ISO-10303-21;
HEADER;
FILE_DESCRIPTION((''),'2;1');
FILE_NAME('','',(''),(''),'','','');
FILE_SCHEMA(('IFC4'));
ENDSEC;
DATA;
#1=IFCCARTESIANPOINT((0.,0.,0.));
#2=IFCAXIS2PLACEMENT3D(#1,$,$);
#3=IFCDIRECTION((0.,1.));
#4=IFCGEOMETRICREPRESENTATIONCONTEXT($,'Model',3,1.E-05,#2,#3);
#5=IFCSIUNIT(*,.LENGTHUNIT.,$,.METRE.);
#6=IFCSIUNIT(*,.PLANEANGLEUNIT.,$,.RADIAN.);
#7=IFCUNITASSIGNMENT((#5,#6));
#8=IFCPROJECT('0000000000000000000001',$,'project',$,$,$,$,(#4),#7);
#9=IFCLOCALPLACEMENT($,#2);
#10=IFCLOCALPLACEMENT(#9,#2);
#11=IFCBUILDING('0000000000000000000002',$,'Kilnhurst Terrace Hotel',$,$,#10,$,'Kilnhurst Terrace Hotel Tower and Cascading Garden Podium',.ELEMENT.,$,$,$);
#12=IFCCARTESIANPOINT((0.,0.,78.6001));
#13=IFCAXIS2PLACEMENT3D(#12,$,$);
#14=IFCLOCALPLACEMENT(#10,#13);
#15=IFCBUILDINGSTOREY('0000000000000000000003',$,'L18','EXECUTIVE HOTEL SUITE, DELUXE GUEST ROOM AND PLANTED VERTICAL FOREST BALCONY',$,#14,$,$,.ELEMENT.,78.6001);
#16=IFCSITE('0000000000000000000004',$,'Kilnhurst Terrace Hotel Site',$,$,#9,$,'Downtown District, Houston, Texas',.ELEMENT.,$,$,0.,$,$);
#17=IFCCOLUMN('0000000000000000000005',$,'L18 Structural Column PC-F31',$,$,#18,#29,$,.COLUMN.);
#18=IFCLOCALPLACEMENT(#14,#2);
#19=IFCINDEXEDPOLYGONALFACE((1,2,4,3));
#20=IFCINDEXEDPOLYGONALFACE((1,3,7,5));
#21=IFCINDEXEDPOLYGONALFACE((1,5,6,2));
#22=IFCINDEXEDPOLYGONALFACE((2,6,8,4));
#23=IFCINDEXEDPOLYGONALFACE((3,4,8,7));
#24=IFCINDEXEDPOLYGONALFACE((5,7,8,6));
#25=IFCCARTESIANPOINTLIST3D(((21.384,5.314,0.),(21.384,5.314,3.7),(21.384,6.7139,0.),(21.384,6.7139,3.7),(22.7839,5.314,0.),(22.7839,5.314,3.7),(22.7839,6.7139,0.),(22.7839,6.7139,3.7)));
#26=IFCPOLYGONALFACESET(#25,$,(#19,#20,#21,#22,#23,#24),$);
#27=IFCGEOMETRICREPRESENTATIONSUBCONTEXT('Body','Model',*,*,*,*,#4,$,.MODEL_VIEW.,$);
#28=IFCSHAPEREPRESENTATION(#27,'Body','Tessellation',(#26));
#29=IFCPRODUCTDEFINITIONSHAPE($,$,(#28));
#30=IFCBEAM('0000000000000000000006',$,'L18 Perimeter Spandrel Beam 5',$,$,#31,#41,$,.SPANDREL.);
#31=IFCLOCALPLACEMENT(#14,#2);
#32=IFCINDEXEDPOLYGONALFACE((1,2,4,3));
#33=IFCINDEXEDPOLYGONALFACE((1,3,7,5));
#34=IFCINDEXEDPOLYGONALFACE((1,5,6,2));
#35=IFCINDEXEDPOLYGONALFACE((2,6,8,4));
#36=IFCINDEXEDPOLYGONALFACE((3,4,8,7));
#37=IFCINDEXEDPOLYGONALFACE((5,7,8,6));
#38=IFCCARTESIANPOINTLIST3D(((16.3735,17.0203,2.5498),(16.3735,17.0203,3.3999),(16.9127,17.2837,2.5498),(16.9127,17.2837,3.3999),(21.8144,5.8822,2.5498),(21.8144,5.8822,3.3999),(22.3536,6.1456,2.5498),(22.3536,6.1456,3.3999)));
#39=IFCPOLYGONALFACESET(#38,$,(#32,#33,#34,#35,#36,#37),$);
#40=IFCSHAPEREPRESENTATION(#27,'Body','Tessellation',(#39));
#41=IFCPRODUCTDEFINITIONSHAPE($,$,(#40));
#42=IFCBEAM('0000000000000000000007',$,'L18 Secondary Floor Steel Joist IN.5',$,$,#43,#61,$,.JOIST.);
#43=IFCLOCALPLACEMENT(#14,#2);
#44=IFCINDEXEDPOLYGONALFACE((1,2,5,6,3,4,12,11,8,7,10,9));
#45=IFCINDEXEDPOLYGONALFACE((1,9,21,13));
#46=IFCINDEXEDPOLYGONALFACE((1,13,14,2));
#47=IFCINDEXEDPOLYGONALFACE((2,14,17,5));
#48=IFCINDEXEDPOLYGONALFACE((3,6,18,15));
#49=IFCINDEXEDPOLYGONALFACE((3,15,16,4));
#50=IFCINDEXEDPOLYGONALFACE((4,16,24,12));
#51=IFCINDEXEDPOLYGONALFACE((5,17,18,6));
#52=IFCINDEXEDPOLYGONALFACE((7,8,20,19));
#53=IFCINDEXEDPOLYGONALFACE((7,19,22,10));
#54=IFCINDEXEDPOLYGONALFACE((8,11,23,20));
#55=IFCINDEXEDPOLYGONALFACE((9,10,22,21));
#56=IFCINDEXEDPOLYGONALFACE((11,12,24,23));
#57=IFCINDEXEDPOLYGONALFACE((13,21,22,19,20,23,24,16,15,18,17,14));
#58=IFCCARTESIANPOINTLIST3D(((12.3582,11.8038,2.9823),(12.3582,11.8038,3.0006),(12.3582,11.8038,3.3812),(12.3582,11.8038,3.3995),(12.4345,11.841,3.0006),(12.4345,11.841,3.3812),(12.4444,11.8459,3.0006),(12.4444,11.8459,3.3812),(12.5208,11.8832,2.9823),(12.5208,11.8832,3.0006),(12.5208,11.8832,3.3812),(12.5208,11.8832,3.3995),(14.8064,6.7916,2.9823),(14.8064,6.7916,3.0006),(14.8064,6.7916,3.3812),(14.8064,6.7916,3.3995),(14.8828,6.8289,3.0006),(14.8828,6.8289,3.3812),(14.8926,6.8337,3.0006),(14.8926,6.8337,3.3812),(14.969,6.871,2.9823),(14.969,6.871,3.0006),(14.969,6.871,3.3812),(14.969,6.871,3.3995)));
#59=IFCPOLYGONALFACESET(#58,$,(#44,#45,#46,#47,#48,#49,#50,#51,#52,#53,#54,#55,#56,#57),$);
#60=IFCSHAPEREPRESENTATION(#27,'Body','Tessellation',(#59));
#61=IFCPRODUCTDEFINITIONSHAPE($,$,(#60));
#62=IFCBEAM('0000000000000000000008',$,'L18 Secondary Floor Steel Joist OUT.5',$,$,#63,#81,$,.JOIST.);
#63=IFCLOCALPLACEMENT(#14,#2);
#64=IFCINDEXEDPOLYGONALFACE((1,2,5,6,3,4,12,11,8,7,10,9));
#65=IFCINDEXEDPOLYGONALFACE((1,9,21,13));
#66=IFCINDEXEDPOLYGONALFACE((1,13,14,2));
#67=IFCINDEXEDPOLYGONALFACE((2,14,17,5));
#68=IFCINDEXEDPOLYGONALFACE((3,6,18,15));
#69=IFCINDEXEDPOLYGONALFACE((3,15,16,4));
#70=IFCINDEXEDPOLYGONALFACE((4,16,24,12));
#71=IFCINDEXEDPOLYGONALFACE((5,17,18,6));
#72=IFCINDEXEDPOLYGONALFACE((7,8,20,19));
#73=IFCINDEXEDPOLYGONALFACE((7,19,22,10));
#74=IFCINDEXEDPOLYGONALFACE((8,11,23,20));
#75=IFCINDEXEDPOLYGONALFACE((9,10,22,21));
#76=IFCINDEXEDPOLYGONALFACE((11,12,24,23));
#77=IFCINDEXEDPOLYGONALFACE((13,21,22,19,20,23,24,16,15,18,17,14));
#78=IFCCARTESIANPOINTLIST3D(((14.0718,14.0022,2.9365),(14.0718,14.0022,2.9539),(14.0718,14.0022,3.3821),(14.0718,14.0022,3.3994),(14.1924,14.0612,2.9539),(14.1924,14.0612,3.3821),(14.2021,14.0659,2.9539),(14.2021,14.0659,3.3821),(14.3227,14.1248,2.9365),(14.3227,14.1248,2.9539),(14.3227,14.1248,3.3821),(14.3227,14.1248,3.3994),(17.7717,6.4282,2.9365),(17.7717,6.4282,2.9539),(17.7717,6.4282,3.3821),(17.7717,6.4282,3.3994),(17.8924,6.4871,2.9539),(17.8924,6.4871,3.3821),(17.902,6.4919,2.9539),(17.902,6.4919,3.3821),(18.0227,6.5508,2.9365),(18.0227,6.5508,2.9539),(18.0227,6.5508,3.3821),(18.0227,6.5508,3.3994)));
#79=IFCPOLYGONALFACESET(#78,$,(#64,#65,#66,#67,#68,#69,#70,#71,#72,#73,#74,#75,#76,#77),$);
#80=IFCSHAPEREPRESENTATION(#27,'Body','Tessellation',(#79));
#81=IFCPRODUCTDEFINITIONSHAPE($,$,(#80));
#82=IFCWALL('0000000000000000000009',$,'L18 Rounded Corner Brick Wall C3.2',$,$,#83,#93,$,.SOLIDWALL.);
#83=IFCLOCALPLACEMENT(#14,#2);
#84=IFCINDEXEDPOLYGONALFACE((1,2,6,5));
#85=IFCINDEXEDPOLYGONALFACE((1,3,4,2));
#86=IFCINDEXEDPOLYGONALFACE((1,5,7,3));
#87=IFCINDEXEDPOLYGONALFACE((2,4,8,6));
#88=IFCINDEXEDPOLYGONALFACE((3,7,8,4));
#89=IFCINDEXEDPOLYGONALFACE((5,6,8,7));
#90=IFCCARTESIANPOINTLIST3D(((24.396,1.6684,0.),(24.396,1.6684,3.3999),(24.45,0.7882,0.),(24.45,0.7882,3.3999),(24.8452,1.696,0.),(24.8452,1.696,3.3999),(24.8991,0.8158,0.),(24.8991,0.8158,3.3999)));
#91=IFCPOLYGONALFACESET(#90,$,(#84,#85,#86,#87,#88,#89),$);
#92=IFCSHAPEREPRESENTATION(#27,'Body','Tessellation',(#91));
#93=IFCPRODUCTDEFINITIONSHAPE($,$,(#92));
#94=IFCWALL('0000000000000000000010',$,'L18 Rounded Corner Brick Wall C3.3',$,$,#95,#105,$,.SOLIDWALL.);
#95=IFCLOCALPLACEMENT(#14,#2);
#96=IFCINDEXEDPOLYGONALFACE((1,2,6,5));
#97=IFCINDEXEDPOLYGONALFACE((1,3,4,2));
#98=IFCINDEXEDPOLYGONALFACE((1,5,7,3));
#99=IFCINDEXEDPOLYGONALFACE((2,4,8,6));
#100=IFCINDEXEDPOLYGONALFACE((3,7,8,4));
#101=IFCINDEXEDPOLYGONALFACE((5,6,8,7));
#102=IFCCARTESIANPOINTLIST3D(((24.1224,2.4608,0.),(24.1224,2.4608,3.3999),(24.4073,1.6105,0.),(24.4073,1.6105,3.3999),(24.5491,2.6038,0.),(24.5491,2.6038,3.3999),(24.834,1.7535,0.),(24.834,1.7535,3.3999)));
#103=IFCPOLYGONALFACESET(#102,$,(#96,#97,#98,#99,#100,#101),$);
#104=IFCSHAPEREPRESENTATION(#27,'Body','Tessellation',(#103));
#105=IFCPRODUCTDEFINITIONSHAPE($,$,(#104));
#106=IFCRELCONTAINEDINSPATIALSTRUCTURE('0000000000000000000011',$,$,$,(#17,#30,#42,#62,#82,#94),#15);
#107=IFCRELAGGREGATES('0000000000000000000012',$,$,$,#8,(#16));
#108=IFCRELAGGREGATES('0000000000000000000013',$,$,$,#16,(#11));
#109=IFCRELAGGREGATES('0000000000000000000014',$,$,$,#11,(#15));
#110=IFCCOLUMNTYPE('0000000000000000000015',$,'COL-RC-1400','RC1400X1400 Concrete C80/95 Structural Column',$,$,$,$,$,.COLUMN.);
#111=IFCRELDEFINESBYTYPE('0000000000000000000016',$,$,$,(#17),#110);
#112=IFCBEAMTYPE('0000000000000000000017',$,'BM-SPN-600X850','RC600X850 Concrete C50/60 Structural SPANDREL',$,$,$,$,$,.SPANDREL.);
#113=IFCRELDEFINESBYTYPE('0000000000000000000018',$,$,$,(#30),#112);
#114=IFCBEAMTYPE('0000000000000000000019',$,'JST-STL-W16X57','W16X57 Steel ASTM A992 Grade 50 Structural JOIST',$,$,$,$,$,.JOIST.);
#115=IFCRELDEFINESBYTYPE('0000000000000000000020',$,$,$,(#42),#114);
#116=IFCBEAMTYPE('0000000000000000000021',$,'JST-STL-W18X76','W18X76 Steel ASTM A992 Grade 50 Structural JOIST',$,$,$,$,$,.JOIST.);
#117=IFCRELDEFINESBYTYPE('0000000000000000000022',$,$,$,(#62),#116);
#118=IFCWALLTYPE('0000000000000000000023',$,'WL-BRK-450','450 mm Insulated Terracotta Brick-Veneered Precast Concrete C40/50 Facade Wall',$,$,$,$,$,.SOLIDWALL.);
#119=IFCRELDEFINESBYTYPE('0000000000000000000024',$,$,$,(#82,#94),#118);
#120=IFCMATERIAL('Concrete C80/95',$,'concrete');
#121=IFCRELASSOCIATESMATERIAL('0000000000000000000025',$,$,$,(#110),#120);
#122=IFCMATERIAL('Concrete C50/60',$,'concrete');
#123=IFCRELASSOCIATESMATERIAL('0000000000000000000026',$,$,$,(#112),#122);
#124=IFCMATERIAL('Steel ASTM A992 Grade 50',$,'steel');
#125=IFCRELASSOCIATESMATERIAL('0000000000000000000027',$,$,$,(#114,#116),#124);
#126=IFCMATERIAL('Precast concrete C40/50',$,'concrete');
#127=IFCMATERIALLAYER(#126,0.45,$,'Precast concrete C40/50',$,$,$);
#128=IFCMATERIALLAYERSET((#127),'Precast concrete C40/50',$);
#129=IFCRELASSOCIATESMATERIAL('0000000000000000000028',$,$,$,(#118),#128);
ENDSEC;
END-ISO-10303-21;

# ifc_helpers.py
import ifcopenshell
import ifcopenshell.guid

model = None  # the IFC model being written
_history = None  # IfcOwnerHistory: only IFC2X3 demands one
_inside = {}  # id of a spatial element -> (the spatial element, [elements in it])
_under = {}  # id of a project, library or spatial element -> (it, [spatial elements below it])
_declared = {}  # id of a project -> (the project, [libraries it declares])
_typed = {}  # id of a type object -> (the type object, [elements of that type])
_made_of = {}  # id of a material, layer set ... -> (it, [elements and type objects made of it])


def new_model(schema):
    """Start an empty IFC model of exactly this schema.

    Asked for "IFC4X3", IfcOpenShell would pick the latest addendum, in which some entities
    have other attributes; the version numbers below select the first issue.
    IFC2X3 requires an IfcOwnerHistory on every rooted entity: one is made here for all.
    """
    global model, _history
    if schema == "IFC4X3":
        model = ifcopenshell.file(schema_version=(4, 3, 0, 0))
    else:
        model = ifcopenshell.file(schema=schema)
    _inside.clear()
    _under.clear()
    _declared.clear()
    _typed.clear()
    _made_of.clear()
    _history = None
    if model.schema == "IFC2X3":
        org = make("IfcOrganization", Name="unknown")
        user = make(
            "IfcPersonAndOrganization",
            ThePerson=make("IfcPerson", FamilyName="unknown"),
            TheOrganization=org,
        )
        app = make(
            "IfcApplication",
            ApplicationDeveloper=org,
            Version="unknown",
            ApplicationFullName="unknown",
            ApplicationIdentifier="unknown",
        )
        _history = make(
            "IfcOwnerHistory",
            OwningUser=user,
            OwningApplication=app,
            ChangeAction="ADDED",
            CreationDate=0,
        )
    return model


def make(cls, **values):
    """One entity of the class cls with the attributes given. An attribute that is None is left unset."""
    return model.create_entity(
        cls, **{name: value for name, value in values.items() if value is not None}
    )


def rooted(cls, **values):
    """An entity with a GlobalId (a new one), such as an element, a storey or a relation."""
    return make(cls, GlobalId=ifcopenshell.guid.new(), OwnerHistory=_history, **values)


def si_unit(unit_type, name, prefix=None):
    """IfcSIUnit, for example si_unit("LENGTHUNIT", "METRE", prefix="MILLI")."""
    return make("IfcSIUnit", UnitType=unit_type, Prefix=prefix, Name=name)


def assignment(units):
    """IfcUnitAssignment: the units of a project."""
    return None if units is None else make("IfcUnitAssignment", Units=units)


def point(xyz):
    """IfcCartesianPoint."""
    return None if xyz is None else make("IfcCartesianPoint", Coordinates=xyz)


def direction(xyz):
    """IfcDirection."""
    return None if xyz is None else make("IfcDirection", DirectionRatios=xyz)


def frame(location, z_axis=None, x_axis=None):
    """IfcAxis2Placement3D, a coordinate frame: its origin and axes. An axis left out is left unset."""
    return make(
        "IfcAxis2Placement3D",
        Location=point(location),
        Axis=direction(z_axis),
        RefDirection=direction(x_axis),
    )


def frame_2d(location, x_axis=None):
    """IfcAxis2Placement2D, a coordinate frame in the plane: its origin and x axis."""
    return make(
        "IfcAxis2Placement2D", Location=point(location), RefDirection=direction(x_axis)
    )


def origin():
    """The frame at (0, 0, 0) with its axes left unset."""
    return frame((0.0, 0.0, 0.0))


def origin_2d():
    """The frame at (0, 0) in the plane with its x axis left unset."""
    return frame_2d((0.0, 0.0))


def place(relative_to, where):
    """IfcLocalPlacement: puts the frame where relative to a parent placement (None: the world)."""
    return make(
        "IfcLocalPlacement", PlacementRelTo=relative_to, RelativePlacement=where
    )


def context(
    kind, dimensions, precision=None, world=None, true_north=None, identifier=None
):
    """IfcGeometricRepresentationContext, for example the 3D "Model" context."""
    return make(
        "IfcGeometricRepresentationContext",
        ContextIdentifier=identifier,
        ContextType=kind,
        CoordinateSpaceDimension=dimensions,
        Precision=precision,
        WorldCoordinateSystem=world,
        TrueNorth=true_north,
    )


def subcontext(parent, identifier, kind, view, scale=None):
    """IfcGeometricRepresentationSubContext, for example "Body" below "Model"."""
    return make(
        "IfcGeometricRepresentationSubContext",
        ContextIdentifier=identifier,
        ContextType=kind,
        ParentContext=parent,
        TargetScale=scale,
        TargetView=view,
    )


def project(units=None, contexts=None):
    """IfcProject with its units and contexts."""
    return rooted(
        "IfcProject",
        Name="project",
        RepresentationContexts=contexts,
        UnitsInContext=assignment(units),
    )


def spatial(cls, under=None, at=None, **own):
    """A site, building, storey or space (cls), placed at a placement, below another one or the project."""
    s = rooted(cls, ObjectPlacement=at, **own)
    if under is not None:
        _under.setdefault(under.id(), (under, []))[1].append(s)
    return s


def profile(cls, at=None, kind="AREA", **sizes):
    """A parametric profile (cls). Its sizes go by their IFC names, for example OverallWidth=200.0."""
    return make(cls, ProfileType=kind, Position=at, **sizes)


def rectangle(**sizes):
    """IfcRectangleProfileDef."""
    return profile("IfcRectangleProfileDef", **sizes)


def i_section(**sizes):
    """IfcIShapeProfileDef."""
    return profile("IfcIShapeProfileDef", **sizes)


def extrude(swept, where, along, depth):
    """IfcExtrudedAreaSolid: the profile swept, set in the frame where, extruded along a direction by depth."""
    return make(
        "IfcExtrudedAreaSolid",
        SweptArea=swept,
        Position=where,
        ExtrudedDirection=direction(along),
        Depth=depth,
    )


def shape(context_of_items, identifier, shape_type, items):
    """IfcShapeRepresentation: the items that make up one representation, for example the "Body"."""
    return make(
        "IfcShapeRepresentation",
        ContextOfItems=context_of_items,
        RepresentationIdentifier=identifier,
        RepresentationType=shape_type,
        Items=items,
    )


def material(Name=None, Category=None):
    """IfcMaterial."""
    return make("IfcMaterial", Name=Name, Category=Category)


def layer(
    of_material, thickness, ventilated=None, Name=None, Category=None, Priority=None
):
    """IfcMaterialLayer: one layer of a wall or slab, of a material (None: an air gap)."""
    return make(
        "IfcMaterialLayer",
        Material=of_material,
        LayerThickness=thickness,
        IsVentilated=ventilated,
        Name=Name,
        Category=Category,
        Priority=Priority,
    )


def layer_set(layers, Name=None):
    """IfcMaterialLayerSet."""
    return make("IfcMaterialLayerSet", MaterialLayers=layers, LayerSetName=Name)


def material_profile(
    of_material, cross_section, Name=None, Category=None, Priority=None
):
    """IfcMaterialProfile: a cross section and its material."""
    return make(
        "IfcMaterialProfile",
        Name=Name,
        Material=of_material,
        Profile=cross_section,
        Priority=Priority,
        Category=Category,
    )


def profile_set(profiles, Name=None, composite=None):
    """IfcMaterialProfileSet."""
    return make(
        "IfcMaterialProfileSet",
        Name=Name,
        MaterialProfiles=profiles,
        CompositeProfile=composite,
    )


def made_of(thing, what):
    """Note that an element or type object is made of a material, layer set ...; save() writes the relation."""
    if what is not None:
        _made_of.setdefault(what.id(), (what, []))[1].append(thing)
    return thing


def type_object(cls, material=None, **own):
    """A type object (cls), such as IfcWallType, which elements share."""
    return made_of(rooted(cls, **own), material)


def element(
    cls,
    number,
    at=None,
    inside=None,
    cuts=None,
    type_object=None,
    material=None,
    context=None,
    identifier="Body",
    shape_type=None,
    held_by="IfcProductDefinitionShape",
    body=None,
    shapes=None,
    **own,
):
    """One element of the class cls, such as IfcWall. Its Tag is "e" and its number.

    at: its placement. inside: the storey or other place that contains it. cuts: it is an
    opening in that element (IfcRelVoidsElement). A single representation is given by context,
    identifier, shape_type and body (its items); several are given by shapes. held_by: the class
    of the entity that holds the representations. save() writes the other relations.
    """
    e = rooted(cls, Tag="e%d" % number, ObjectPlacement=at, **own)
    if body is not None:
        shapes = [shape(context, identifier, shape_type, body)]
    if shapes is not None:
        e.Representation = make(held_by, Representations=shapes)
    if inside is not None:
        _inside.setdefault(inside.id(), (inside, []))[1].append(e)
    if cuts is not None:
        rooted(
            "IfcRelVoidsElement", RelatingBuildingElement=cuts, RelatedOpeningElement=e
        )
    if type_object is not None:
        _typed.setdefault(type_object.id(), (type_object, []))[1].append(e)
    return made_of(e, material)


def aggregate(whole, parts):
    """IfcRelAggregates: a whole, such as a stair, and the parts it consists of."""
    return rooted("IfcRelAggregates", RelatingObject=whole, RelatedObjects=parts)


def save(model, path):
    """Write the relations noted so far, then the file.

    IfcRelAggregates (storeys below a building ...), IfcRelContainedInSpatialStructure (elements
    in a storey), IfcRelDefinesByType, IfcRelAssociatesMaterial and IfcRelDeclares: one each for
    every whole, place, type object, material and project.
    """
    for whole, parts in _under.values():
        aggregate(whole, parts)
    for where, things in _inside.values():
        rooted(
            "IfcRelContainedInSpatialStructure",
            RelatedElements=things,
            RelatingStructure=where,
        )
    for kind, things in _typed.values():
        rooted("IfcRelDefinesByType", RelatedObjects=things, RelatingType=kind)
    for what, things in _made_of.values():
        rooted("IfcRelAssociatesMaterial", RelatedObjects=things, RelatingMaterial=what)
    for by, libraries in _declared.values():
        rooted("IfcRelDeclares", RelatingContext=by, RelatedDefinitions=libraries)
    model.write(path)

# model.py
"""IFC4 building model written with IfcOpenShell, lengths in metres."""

from ifc_helpers import new_model, si_unit, direction, frame, frame_2d, origin, origin_2d, place, context, subcontext, project, spatial, rectangle, i_section, extrude, material, layer, layer_set, material_profile, profile_set, type_object, element, save


model = new_model("IFC4")

# Units and contexts
model_context = context("Model", 3, precision=1e-05, world=origin(), true_north=direction((0.0, 1.0)))
body_context = subcontext(model_context, "Body", "Model", "MODEL_VIEW")
ifc_project = project(units=[si_unit("LENGTHUNIT", "METRE"), si_unit("PLANEANGLEUNIT", "RADIAN")], contexts=[model_context])

# Site, building, storey
site_placement = place(None, origin())
site = spatial("IfcSite", under=ifc_project, at=site_placement, Name="Kilnhurst Terrace Hotel Site", LongName="Downtown District, Houston, Texas", CompositionType="ELEMENT", RefElevation=0.0)
building_placement = place(site_placement, origin())
building = spatial("IfcBuilding", under=site, at=building_placement, Name="Kilnhurst Terrace Hotel", LongName="Kilnhurst Terrace Hotel Tower and Cascading Garden Podium", CompositionType="ELEMENT")
storey_placement = place(building_placement, frame((0.0, 0.0, 78.6001)))
storey = spatial("IfcBuildingStorey", under=building, at=storey_placement, Name="L18", Description="EXECUTIVE HOTEL SUITE, DELUXE GUEST ROOM AND PLANTED VERTICAL FOREST BALCONY", CompositionType="ELEMENT", Elevation=78.6001)

# Column
ifc_material_1 = material(Name="Concrete C80/95", Category="concrete")
ifc_material_profile_1 = material_profile(ifc_material_1, rectangle(XDim=1.3999, YDim=1.3999, at=origin_2d()), Name="RC1400X1400")
ifc_profile_set_1 = profile_set([ifc_material_profile_1], Name="Concrete C80/95")
column_type = type_object("IfcColumnType", Name="COL-RC-1400", Description="RC1400X1400 Concrete C80/95 Structural Column", PredefinedType="COLUMN", material=ifc_profile_set_1)
column_placement = place(storey_placement, frame((22.084, 6.0139, 0.0), z_axis=(0.0, 0.0, 1.0), x_axis=(1.0, 0.0, 0.0)))
element("IfcColumn", 1, at=column_placement, inside=storey, type_object=column_type, Name="L18 Structural Column PC-F31", PredefinedType="COLUMN", context=body_context, shape_type="SweptSolid", body=[
    extrude(rectangle(XDim=1.3999, YDim=1.3999, at=origin_2d()), origin(), (0.0, 0.0, 1.0), 3.7),
])

# Beams
ifc_material_2 = material(Name="Concrete C50/60", Category="concrete")
ifc_material_profile_2 = material_profile(ifc_material_2, rectangle(XDim=0.6001, YDim=0.8501, at=origin_2d()), Name="RC600X850")
ifc_profile_set_2 = profile_set([ifc_material_profile_2], Name="Concrete C50/60")
beam_type_1 = type_object("IfcBeamType", Name="BM-SPN-600X850", Description="RC600X850 Concrete C50/60 Structural SPANDREL", PredefinedType="SPANDREL", material=ifc_profile_set_2)
beam_1_placement = place(storey_placement, frame((22.084, 6.0139, 2.9749), z_axis=(-0.438923, 0.898525, 0.0), x_axis=(-0.898525, -0.438923, 0.0)))
element("IfcBeam", 2, at=beam_1_placement, inside=storey, type_object=beam_type_1, Name="L18 Perimeter Spandrel Beam 5", PredefinedType="SPANDREL", context=body_context, shape_type="SweptSolid", body=[
    extrude(rectangle(XDim=0.6001, YDim=0.8501, at=origin_2d()), origin(), (0.0, 0.0, 1.0), 12.396),
])
ifc_material_3 = material(Name="Steel ASTM A992 Grade 50", Category="steel")
ifc_material_profile_3 = material_profile(ifc_material_3, i_section(OverallWidth=0.1809, OverallDepth=0.4172, WebThickness=0.011, FlangeThickness=0.0183, at=origin_2d()), Name="W16X57")
ifc_profile_set_3 = profile_set([ifc_material_profile_3], Name="Steel ASTM A992 Grade 50")
beam_type_2 = type_object("IfcBeamType", Name="JST-STL-W16X57", Description="W16X57 Steel ASTM A992 Grade 50 Structural JOIST", PredefinedType="JOIST", material=ifc_profile_set_3)
beam_2_placement = place(storey_placement, frame((14.8877, 6.8313, 3.1909), z_axis=(-0.438896, 0.898538, 0.0), x_axis=(-0.898538, -0.438896, 0.0)))
element("IfcBeam", 3, at=beam_2_placement, inside=storey, type_object=beam_type_2, Name="L18 Secondary Floor Steel Joist IN.5", PredefinedType="JOIST", context=body_context, shape_type="SweptSolid", body=[
    extrude(i_section(OverallWidth=0.1809, OverallDepth=0.4172, WebThickness=0.011, FlangeThickness=0.0183, at=origin_2d()), origin(), (0.0, 0.0, 1.0), 5.5781),
])
ifc_material_profile_4 = material_profile(ifc_material_3, i_section(OverallWidth=0.2793, OverallDepth=0.4629, WebThickness=0.0107, FlangeThickness=0.0173, at=origin_2d()), Name="W18X76")
ifc_profile_set_4 = profile_set([ifc_material_profile_4], Name="Steel ASTM A992 Grade 50")
beam_type_3 = type_object("IfcBeamType", Name="JST-STL-W18X76", Description="W18X76 Steel ASTM A992 Grade 50 Structural JOIST", PredefinedType="JOIST", material=ifc_profile_set_4)
beam_3_placement = place(storey_placement, frame((17.8972, 6.4895, 3.168), z_axis=(-0.438934, 0.898519, 0.0), x_axis=(-0.898519, -0.438934, 0.0)))
element("IfcBeam", 4, at=beam_3_placement, inside=storey, type_object=beam_type_3, Name="L18 Secondary Floor Steel Joist OUT.5", PredefinedType="JOIST", context=body_context, shape_type="SweptSolid", body=[
    extrude(i_section(OverallWidth=0.2793, OverallDepth=0.4629, WebThickness=0.0107, FlangeThickness=0.0173, at=origin_2d()), origin(), (0.0, 0.0, 1.0), 8.4294),
])

# Walls
ifc_material_4 = material(Name="Precast concrete C40/50", Category="concrete")
ifc_layer_1 = layer(ifc_material_4, 0.45, Name="Precast concrete C40/50")
ifc_layer_set_1 = layer_set([ifc_layer_1], Name="Precast concrete C40/50")
wall_type_1 = type_object("IfcWallType", Name="WL-BRK-450", Description="450 mm Insulated Terracotta Brick-Veneered Precast Concrete C40/50 Facade Wall", PredefinedType="SOLIDWALL", material=ifc_layer_set_1)
wall_1_placement = place(storey_placement, frame((24.6746, 0.802, 0.0), z_axis=(0.0, 0.0, 1.0), x_axis=(-0.061189, 0.998126, 0.0)))
element("IfcWall", 5, at=wall_1_placement, inside=storey, type_object=wall_type_1, Name="L18 Rounded Corner Brick Wall C3.2", PredefinedType="SOLIDWALL", context=body_context, shape_type="SweptSolid", body=[
    extrude(rectangle(XDim=0.8818, YDim=0.45, at=frame_2d((0.4409, 0.0))), origin(), (0.0, 0.0, 1.0), 3.3999),
])
wall_2_placement = place(storey_placement, frame((24.6206, 1.6821, 0.0), z_axis=(0.0, 0.0, 1.0), x_axis=(-0.317697, 0.948192, 0.0)))
element("IfcWall", 6, at=wall_2_placement, inside=storey, type_object=wall_type_1, Name="L18 Rounded Corner Brick Wall C3.3", PredefinedType="SOLIDWALL", context=body_context, shape_type="SweptSolid", body=[
    extrude(rectangle(XDim=0.8967, YDim=0.45, at=frame_2d((0.4482, 0.0))), origin(), (0.0, 0.0, 1.0), 3.3999),
])

save(model, "model.ifc")
